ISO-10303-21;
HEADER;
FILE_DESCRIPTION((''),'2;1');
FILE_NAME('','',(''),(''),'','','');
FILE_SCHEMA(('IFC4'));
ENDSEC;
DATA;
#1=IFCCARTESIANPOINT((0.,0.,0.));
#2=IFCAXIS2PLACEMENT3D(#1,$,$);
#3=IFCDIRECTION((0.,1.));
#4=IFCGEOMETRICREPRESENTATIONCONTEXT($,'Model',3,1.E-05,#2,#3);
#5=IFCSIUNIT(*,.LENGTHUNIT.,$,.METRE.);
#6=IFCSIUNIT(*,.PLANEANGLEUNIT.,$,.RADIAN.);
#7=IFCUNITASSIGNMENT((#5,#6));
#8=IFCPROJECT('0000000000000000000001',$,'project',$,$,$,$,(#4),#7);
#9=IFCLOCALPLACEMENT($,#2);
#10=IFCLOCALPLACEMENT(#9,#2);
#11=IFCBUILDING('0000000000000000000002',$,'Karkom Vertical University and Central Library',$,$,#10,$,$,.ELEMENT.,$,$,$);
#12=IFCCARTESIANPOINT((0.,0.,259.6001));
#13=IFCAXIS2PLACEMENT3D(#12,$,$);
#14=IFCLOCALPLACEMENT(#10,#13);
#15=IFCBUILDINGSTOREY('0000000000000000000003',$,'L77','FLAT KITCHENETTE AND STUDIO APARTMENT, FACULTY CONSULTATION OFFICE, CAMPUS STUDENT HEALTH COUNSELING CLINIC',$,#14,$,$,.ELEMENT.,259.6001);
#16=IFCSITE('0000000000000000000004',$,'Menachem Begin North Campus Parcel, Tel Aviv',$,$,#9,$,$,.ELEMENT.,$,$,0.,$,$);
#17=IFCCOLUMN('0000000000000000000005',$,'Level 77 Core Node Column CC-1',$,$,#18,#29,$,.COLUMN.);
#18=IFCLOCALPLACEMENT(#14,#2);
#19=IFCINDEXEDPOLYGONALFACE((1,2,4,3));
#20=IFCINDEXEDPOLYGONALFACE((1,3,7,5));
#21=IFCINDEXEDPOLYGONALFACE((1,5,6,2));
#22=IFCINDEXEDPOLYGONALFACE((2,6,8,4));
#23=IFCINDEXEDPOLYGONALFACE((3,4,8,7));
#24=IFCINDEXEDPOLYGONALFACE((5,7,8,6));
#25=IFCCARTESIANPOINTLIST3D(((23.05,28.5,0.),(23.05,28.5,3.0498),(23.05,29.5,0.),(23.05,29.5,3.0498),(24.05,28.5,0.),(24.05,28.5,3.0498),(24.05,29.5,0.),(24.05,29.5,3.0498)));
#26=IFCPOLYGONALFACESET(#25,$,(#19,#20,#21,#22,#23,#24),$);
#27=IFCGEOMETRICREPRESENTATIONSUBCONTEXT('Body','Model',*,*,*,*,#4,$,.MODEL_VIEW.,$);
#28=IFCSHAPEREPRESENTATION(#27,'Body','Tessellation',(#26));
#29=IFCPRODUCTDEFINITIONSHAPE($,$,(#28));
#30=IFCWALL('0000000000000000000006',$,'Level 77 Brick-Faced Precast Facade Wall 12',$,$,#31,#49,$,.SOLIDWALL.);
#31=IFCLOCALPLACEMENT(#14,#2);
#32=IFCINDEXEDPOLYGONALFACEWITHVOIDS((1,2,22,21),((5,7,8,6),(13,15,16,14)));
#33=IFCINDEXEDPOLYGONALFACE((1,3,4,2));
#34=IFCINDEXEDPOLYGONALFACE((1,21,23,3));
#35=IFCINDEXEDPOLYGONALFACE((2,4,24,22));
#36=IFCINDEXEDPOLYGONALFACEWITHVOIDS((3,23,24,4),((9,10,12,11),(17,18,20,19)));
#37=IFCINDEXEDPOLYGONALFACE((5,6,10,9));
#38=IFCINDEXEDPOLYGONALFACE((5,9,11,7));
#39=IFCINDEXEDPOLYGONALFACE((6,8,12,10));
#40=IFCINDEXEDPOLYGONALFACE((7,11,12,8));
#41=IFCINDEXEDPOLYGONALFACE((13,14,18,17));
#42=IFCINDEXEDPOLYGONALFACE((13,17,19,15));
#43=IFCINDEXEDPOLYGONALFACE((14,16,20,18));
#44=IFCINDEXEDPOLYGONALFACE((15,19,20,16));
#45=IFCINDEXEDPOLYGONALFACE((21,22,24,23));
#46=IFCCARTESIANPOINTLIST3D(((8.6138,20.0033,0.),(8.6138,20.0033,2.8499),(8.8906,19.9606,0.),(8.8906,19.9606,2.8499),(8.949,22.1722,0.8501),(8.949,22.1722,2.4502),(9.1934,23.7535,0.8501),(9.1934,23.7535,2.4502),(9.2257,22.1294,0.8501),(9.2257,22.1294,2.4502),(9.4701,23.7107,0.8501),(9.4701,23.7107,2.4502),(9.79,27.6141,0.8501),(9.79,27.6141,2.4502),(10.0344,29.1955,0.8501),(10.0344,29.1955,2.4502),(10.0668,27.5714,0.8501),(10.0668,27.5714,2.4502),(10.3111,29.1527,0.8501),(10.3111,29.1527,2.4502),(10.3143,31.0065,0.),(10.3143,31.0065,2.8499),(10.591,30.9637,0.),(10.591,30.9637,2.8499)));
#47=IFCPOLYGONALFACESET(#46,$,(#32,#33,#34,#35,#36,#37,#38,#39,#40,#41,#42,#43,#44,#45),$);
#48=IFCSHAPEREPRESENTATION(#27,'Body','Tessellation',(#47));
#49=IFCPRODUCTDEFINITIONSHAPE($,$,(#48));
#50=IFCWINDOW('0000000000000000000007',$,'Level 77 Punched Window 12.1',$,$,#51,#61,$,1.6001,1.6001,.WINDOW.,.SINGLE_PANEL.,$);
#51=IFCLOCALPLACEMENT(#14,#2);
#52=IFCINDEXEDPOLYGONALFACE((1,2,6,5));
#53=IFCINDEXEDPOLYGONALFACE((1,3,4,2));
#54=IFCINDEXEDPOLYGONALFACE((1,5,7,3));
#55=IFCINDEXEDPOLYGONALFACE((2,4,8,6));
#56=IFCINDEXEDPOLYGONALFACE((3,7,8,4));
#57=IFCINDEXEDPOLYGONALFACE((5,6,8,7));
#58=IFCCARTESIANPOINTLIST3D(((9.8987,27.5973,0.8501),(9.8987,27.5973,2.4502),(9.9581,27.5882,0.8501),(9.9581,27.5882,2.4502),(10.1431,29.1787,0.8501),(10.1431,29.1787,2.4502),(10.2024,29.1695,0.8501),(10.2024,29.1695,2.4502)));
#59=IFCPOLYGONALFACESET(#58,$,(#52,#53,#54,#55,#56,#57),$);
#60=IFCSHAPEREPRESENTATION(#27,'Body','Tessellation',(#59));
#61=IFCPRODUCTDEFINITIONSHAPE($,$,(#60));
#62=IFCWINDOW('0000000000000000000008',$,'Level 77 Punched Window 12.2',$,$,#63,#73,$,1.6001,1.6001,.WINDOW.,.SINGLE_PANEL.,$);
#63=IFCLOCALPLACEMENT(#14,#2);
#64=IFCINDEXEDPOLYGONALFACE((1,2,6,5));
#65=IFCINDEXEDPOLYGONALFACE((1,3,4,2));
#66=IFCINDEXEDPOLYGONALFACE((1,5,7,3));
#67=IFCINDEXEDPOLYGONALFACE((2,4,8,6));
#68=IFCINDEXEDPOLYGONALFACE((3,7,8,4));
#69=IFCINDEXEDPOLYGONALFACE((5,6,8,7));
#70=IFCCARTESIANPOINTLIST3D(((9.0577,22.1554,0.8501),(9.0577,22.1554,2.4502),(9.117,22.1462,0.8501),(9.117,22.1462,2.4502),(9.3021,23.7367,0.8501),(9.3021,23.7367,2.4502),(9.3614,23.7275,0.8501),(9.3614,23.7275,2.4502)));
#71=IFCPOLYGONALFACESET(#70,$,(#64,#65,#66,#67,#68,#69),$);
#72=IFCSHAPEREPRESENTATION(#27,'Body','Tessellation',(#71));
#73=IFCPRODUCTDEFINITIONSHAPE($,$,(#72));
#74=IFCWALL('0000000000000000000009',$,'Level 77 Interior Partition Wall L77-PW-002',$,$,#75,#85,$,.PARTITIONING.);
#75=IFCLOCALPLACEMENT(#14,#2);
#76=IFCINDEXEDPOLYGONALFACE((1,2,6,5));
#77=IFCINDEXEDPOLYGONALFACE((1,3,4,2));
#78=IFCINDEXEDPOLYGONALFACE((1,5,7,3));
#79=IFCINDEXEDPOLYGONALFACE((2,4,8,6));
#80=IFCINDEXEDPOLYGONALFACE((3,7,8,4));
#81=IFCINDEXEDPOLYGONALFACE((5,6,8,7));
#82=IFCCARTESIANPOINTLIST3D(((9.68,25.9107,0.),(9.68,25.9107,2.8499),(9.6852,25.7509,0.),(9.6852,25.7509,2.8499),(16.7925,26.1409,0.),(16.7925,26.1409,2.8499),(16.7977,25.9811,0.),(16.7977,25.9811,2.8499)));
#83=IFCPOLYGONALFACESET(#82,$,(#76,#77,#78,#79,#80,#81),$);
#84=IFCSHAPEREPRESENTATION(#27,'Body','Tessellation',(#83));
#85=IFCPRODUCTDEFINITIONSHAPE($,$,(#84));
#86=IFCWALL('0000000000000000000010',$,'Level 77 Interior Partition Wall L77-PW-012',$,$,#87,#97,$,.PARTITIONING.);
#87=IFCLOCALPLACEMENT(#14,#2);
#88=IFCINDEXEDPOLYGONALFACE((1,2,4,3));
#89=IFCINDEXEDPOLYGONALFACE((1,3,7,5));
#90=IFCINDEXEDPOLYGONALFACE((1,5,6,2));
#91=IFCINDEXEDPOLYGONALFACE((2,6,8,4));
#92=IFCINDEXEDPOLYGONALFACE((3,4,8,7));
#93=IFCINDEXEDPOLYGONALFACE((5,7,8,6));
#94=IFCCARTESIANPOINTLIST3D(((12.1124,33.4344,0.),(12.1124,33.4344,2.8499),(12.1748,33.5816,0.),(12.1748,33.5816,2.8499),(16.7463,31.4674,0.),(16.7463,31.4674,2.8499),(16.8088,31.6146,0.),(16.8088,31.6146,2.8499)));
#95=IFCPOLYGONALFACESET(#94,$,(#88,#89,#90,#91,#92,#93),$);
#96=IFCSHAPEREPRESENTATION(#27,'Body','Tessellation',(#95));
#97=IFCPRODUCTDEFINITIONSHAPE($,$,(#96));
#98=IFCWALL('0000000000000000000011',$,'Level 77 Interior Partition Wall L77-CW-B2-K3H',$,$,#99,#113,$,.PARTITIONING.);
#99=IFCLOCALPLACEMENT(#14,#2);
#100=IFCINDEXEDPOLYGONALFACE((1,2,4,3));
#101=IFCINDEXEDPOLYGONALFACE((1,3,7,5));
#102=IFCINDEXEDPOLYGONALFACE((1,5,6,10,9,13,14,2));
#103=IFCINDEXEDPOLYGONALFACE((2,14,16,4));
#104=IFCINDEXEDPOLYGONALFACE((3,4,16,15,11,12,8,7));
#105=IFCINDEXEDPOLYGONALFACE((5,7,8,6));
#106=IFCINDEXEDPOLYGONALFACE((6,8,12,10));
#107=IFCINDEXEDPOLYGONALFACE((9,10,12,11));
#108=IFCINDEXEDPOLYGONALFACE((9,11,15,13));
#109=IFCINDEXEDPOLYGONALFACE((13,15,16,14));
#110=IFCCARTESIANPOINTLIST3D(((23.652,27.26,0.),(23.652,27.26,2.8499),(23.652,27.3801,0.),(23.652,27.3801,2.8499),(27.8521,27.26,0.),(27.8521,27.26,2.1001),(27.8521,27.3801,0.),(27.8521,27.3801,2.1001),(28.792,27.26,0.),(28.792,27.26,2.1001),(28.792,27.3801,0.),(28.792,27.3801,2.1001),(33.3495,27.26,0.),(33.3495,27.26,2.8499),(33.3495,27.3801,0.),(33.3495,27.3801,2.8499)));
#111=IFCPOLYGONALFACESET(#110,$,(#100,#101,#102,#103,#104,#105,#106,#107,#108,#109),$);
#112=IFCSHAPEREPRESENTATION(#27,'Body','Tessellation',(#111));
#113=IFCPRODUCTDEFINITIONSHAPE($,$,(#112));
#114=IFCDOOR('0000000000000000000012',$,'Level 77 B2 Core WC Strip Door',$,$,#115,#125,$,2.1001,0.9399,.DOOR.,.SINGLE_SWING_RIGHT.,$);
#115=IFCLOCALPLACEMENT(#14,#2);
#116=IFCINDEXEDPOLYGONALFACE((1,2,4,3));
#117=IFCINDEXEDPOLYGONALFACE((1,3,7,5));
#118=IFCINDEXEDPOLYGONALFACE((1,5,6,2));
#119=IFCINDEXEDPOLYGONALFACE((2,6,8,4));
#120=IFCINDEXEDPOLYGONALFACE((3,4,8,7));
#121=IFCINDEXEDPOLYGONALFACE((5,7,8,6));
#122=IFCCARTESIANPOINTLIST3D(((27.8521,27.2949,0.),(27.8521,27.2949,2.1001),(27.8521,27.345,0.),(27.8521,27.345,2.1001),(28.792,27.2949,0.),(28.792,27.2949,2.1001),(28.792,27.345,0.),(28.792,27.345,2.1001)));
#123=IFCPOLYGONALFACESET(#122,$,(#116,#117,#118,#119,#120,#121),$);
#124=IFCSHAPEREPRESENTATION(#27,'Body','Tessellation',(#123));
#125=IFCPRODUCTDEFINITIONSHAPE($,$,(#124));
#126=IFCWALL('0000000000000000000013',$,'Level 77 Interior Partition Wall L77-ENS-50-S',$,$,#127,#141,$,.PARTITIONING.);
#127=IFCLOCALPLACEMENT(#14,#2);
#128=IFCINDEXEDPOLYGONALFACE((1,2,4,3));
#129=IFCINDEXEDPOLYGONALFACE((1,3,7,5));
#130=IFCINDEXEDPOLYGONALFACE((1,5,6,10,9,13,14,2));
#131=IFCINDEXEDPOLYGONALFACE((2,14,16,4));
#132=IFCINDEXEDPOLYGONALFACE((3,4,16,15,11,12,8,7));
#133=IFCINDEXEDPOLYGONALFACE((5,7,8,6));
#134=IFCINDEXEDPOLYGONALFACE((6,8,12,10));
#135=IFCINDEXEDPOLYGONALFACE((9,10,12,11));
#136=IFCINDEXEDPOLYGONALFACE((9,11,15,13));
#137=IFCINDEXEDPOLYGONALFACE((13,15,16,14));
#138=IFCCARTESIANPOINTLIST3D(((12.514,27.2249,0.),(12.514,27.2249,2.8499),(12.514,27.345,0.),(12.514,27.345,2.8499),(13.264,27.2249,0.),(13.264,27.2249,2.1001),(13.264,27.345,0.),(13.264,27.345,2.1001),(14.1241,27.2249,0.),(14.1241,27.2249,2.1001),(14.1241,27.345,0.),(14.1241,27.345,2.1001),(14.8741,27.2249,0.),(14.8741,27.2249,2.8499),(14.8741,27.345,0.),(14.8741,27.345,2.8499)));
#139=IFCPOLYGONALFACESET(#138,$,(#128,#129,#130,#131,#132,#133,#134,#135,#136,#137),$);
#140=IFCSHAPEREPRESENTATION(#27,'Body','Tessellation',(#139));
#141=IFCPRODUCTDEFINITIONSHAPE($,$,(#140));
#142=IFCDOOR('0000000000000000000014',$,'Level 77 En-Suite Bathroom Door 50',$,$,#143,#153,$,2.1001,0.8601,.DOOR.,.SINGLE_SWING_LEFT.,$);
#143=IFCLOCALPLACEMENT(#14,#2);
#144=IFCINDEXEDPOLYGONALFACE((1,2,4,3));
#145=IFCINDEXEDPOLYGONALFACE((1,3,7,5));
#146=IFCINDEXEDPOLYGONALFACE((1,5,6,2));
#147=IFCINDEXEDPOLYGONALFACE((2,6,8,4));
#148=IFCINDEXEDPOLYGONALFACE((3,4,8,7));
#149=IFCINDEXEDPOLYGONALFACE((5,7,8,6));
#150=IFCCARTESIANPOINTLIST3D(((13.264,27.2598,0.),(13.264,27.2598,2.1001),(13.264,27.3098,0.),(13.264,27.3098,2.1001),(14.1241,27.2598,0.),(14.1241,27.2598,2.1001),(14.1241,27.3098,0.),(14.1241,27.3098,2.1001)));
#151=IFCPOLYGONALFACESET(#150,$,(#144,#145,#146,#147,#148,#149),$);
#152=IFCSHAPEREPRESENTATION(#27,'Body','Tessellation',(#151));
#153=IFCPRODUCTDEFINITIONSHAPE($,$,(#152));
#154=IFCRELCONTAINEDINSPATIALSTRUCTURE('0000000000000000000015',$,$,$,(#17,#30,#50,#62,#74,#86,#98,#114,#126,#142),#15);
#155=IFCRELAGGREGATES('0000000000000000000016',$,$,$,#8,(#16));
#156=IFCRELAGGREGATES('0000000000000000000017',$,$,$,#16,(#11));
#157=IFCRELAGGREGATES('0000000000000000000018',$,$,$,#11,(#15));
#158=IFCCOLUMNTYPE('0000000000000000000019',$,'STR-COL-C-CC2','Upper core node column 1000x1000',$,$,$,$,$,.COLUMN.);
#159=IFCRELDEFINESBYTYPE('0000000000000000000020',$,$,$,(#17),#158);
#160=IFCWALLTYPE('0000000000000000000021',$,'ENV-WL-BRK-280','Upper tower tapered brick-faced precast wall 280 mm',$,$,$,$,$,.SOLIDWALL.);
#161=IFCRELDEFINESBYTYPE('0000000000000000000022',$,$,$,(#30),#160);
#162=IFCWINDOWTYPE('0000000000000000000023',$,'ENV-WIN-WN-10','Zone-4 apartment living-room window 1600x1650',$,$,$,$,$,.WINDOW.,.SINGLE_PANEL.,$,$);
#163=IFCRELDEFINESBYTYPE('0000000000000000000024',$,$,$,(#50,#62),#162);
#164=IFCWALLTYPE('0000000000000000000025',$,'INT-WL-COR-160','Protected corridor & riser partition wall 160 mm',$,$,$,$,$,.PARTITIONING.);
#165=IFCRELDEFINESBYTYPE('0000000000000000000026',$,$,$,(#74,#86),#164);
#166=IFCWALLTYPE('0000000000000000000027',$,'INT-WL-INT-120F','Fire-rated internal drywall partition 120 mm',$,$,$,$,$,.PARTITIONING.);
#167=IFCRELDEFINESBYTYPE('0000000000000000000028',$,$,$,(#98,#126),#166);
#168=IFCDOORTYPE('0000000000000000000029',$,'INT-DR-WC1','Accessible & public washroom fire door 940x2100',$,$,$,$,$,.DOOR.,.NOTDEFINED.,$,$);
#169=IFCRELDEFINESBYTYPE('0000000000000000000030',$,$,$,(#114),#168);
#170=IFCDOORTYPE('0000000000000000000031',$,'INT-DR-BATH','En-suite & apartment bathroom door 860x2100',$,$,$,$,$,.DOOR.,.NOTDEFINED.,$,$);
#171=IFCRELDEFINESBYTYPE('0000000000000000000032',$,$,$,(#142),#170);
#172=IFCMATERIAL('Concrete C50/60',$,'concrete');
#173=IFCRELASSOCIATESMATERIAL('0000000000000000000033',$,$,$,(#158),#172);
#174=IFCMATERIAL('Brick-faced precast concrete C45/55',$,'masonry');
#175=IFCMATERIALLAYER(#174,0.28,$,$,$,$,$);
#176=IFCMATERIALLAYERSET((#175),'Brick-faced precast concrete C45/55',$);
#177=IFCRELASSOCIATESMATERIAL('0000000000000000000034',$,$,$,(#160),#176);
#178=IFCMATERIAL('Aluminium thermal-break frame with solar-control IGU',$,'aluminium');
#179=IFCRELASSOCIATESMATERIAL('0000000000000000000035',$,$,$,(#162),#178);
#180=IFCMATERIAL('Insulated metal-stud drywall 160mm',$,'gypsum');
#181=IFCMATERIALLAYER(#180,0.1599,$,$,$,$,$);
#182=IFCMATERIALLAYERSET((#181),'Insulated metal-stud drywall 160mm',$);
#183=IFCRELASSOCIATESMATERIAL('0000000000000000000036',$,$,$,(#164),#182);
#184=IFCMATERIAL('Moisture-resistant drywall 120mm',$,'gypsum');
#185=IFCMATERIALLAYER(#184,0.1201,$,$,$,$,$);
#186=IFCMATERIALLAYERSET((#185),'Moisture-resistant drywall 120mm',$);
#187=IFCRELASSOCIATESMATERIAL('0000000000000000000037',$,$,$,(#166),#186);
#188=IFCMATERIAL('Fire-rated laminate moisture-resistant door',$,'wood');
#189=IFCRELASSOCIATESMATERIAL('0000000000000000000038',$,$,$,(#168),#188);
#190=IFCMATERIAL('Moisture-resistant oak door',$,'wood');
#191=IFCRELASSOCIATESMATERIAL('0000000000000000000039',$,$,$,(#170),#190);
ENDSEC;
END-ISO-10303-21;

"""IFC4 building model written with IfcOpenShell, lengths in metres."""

from ifc_helpers import new_model, si_unit, direction, frame, frame_2d, origin, origin_with_axes, origin_2d, place, context, subcontext, project, spatial, rectangle, extrude, source, transform, mapped, material, layer, layer_set, material_profile, profile_set, type_object, element, fill, save


model = new_model("IFC4")

# Units and contexts
model_context = context("Model", 3, precision=1e-05, world=origin(), true_north=direction((0.0, 1.0)))
body_context = subcontext(model_context, "Body", "Model", "MODEL_VIEW")
ifc_project = project(units=[si_unit("LENGTHUNIT", "METRE"), si_unit("PLANEANGLEUNIT", "RADIAN")], contexts=[model_context])

# Site, building, storey
site_placement = place(None, origin())
site = spatial("IfcSite", under=ifc_project, at=site_placement, Name="Menachem Begin North Campus Parcel, Tel Aviv", CompositionType="ELEMENT", RefElevation=0.0)
building_placement = place(site_placement, origin())
building = spatial("IfcBuilding", under=site, at=building_placement, Name="Karkom Vertical University and Central Library", CompositionType="ELEMENT")
storey_placement = place(building_placement, frame((0.0, 0.0, 259.6001)))
storey = spatial("IfcBuildingStorey", under=building, at=storey_placement, Name="L77", Description="FLAT KITCHENETTE AND STUDIO APARTMENT, FACULTY CONSULTATION OFFICE, CAMPUS STUDENT HEALTH COUNSELING CLINIC", CompositionType="ELEMENT", Elevation=259.6001)

# Column
ifc_material_1 = material(Name="Concrete C50/60", Category="concrete")
ifc_material_profile = material_profile(ifc_material_1, rectangle(XDim=1.0, YDim=1.0, at=origin_2d()), Name="RC-1000x1000")
ifc_profile_set = profile_set([ifc_material_profile], Name="Concrete C50/60")
column_type = type_object("IfcColumnType", Name="STR-COL-C-CC2", Description="Upper core node column 1000x1000", PredefinedType="COLUMN", material=ifc_profile_set)
shared_shape_1 = source(origin_with_axes(), body_context, "Body", "SweptSolid", [
    extrude(rectangle(XDim=1.0, YDim=1.0, at=origin_2d()), origin(), (0.0, 0.0, 1.0), 3.0498),
])
column_placement = place(storey_placement, frame((23.55, 29.0, 0.0), z_axis=(0.0, 0.0, 1.0), x_axis=(1.0, 0.0, 0.0)))
element("IfcColumn", 1, at=column_placement, inside=storey, type_object=column_type, Name="Level 77 Core Node Column CC-1", PredefinedType="COLUMN", context=body_context, shape_type="MappedRepresentation", body=[
    mapped(shared_shape_1, transform((0.0, 0.0, 0.0), scale=1.0)),
])

# Wall, openings, windows
ifc_material_2 = material(Name="Brick-faced precast concrete C45/55", Category="masonry")
ifc_layer_1 = layer(ifc_material_2, 0.28)
ifc_layer_set_1 = layer_set([ifc_layer_1], Name="Brick-faced precast concrete C45/55")
wall_type_1 = type_object("IfcWallType", Name="ENV-WL-BRK-280", Description="Upper tower tapered brick-faced precast wall 280 mm", PredefinedType="SOLIDWALL", material=ifc_layer_set_1)
wall_1_placement = place(storey_placement, frame((10.4526, 30.9851, 0.0), z_axis=(0.0, 0.0, 1.0), x_axis=(-0.152728, -0.988268, 0.0)))
wall_1 = element("IfcWall", 2, at=wall_1_placement, inside=storey, type_object=wall_type_1, Name="Level 77 Brick-Faced Precast Facade Wall 12", PredefinedType="SOLIDWALL", context=body_context, shape_type="SweptSolid", body=[
    extrude(rectangle(XDim=11.1338, YDim=0.28, at=frame_2d((5.5669, 0.0))), origin(), (0.0, 0.0, 1.0), 2.8499),
])
opening_1_placement = place(wall_1_placement, frame((1.8325, 0.0, 0.8501)))
opening_1 = element("IfcOpeningElement", 3, at=opening_1_placement, cuts=wall_1, PredefinedType="OPENING", context=body_context, shape_type="SweptSolid", body=[
    extrude(rectangle(XDim=1.6001, YDim=1.6001, at=frame_2d((0.8, 0.8))), frame((0.0, 0.1499, 0.0), z_axis=(0.0, -1.0, 0.0), x_axis=(1.0, 0.0, 0.0)), (0.0, 0.0, 1.0), 0.3),
])
opening_2_placement = place(wall_1_placement, frame((7.3391, 0.0, 0.8501)))
opening_2 = element("IfcOpeningElement", 4, at=opening_2_placement, cuts=wall_1, PredefinedType="OPENING", context=body_context, shape_type="SweptSolid", body=[
    extrude(rectangle(XDim=1.6001, YDim=1.6001, at=frame_2d((0.8, 0.8))), frame((0.0, 0.1499, 0.0), z_axis=(0.0, -1.0, 0.0), x_axis=(1.0, 0.0, 0.0)), (0.0, 0.0, 1.0), 0.3),
])
ifc_material_3 = material(Name="Aluminium thermal-break frame with solar-control IGU", Category="aluminium")
window_type = type_object("IfcWindowType", Name="ENV-WIN-WN-10", Description="Zone-4 apartment living-room window 1600x1650", PartitioningType="SINGLE_PANEL", PredefinedType="WINDOW", material=ifc_material_3)
shared_shape_2 = source(origin_with_axes(), body_context, "Body", "SweptSolid", [
    extrude(rectangle(XDim=1.6001, YDim=1.6001, at=frame_2d((0.8, 0.8))), frame((0.0, 0.03, 0.0), z_axis=(0.0, -1.0, 0.0), x_axis=(1.0, 0.0, 0.0)), (0.0, 0.0, 1.0), 0.0601),
])
window_1_placement = place(opening_1_placement, origin())
window_1 = element("IfcWindow", 5, at=window_1_placement, inside=storey, type_object=window_type, Name="Level 77 Punched Window 12.1", OverallHeight=1.6001, OverallWidth=1.6001, PartitioningType="SINGLE_PANEL", PredefinedType="WINDOW", context=body_context, shape_type="MappedRepresentation", body=[
    mapped(shared_shape_2, transform((0.0, 0.0, 0.0), scale=1.0)),
])
fill(opening_1, window_1)
window_2_placement = place(opening_2_placement, origin())
window_2 = element("IfcWindow", 6, at=window_2_placement, inside=storey, type_object=window_type, Name="Level 77 Punched Window 12.2", OverallHeight=1.6001, OverallWidth=1.6001, PartitioningType="SINGLE_PANEL", PredefinedType="WINDOW", context=body_context, shape_type="MappedRepresentation", body=[
    mapped(shared_shape_2, transform((0.0, 0.0, 0.0), scale=1.0)),
])
fill(opening_2, window_2)

# Walls
ifc_material_4 = material(Name="Insulated metal-stud drywall 160mm", Category="gypsum")
ifc_layer_2 = layer(ifc_material_4, 0.1599)
ifc_layer_set_2 = layer_set([ifc_layer_2], Name="Insulated metal-stud drywall 160mm")
wall_type_2 = type_object("IfcWallType", Name="INT-WL-COR-160", Description="Protected corridor & riser partition wall 160 mm", PredefinedType="PARTITIONING", material=ifc_layer_set_2)
wall_2_placement = place(storey_placement, frame((9.6826, 25.8308, 0.0), z_axis=(0.0, 0.0, 1.0), x_axis=(0.999477, 0.032352, 0.0)))
element("IfcWall", 7, at=wall_2_placement, inside=storey, type_object=wall_type_2, Name="Level 77 Interior Partition Wall L77-PW-002", PredefinedType="PARTITIONING", context=body_context, shape_type="SweptSolid", body=[
    extrude(rectangle(XDim=7.1162, YDim=0.1599, at=frame_2d((3.5581, 0.0))), origin(), (0.0, 0.0, 1.0), 2.8499),
])
wall_3_placement = place(storey_placement, frame((16.7776, 31.541, 0.0), z_axis=(0.0, 0.0, 1.0), x_axis=(-0.920504, 0.390733, 0.0)))
element("IfcWall", 8, at=wall_3_placement, inside=storey, type_object=wall_type_2, Name="Level 77 Interior Partition Wall L77-PW-012", PredefinedType="PARTITIONING", context=body_context, shape_type="SweptSolid", body=[
    extrude(rectangle(XDim=5.0342, YDim=0.1599, at=frame_2d((2.5171, 0.0))), origin(), (0.0, 0.0, 1.0), 2.8499),
])

# Walls, openings, doors
ifc_material_5 = material(Name="Moisture-resistant drywall 120mm", Category="gypsum")
ifc_layer_3 = layer(ifc_material_5, 0.1201)
ifc_layer_set_3 = layer_set([ifc_layer_3], Name="Moisture-resistant drywall 120mm")
wall_type_3 = type_object("IfcWallType", Name="INT-WL-INT-120F", Description="Fire-rated internal drywall partition 120 mm", PredefinedType="PARTITIONING", material=ifc_layer_set_3)
wall_4_placement = place(storey_placement, frame((23.6521, 27.3201, 0.0), z_axis=(0.0, 0.0, 1.0), x_axis=(1.0, 0.0, 0.0)))
wall_4 = element("IfcWall", 9, at=wall_4_placement, inside=storey, type_object=wall_type_3, Name="Level 77 Interior Partition Wall L77-CW-B2-K3H", PredefinedType="PARTITIONING", context=body_context, shape_type="SweptSolid", body=[
    extrude(rectangle(XDim=9.6975, YDim=0.1201, at=frame_2d((4.8486, 0.0))), origin(), (0.0, 0.0, 1.0), 2.8499),
])
opening_3_placement = place(wall_4_placement, frame((4.2, 0.0, 0.0)))
opening_3 = element("IfcOpeningElement", 10, at=opening_3_placement, cuts=wall_4, PredefinedType="OPENING", context=body_context, shape_type="SweptSolid", body=[
    extrude(rectangle(XDim=0.9399, YDim=2.1001, at=frame_2d((0.47, 1.05))), frame((0.0, 0.0701, 0.0), z_axis=(0.0, -1.0, 0.0), x_axis=(1.0, 0.0, 0.0)), (0.0, 0.0, 1.0), 0.1401),
])
ifc_material_6 = material(Name="Fire-rated laminate moisture-resistant door", Category="wood")
door_type_1 = type_object("IfcDoorType", Name="INT-DR-WC1", Description="Accessible & public washroom fire door 940x2100", OperationType="NOTDEFINED", PredefinedType="DOOR", material=ifc_material_6)
shared_shape_3 = source(origin_with_axes(), body_context, "Body", "SweptSolid", [
    extrude(rectangle(XDim=0.9399, YDim=2.1001, at=frame_2d((0.47, 1.05))), frame((0.0, 0.0249, 0.0), z_axis=(0.0, -1.0, 0.0), x_axis=(1.0, 0.0, 0.0)), (0.0, 0.0, 1.0), 0.05),
])
door_1_placement = place(opening_3_placement, origin())
door_1 = element("IfcDoor", 11, at=door_1_placement, inside=storey, type_object=door_type_1, Name="Level 77 B2 Core WC Strip Door", OperationType="SINGLE_SWING_RIGHT", OverallHeight=2.1001, OverallWidth=0.9399, PredefinedType="DOOR", context=body_context, shape_type="MappedRepresentation", body=[
    mapped(shared_shape_3, transform((0.0, 0.0, 0.0), scale=1.0)),
])
fill(opening_3, door_1)
wall_5_placement = place(storey_placement, frame((12.5139, 27.2849, 0.0), z_axis=(0.0, 0.0, 1.0), x_axis=(1.0, 0.0, 0.0)))
wall_5 = element("IfcWall", 12, at=wall_5_placement, inside=storey, type_object=wall_type_3, Name="Level 77 Interior Partition Wall L77-ENS-50-S", PredefinedType="PARTITIONING", context=body_context, shape_type="SweptSolid", body=[
    extrude(rectangle(XDim=2.3601, YDim=0.1201, at=frame_2d((1.1802, 0.0))), origin(), (0.0, 0.0, 1.0), 2.8499),
])
opening_4_placement = place(wall_5_placement, frame((0.75, 0.0, 0.0)))
opening_4 = element("IfcOpeningElement", 13, at=opening_4_placement, cuts=wall_5, PredefinedType="OPENING", context=body_context, shape_type="SweptSolid", body=[
    extrude(rectangle(XDim=0.8601, YDim=2.1001, at=frame_2d((0.4302, 1.05))), frame((0.0, 0.0701, 0.0), z_axis=(0.0, -1.0, 0.0), x_axis=(1.0, 0.0, 0.0)), (0.0, 0.0, 1.0), 0.1401),
])
ifc_material_7 = material(Name="Moisture-resistant oak door", Category="wood")
door_type_2 = type_object("IfcDoorType", Name="INT-DR-BATH", Description="En-suite & apartment bathroom door 860x2100", OperationType="NOTDEFINED", PredefinedType="DOOR", material=ifc_material_7)
shared_shape_4 = source(origin_with_axes(), body_context, "Body", "SweptSolid", [
    extrude(rectangle(XDim=0.8601, YDim=2.1001, at=frame_2d((0.4302, 1.05))), frame((0.0, 0.0249, 0.0), z_axis=(0.0, -1.0, 0.0), x_axis=(1.0, 0.0, 0.0)), (0.0, 0.0, 1.0), 0.05),
])
door_2_placement = place(opening_4_placement, origin())
door_2 = element("IfcDoor", 14, at=door_2_placement, inside=storey, type_object=door_type_2, Name="Level 77 En-Suite Bathroom Door 50", OperationType="SINGLE_SWING_LEFT", OverallHeight=2.1001, OverallWidth=0.8601, PredefinedType="DOOR", context=body_context, shape_type="MappedRepresentation", body=[
    mapped(shared_shape_4, transform((0.0, 0.0, 0.0), scale=1.0)),
])
fill(opening_4, door_2)

save(model, "model.ifc")
